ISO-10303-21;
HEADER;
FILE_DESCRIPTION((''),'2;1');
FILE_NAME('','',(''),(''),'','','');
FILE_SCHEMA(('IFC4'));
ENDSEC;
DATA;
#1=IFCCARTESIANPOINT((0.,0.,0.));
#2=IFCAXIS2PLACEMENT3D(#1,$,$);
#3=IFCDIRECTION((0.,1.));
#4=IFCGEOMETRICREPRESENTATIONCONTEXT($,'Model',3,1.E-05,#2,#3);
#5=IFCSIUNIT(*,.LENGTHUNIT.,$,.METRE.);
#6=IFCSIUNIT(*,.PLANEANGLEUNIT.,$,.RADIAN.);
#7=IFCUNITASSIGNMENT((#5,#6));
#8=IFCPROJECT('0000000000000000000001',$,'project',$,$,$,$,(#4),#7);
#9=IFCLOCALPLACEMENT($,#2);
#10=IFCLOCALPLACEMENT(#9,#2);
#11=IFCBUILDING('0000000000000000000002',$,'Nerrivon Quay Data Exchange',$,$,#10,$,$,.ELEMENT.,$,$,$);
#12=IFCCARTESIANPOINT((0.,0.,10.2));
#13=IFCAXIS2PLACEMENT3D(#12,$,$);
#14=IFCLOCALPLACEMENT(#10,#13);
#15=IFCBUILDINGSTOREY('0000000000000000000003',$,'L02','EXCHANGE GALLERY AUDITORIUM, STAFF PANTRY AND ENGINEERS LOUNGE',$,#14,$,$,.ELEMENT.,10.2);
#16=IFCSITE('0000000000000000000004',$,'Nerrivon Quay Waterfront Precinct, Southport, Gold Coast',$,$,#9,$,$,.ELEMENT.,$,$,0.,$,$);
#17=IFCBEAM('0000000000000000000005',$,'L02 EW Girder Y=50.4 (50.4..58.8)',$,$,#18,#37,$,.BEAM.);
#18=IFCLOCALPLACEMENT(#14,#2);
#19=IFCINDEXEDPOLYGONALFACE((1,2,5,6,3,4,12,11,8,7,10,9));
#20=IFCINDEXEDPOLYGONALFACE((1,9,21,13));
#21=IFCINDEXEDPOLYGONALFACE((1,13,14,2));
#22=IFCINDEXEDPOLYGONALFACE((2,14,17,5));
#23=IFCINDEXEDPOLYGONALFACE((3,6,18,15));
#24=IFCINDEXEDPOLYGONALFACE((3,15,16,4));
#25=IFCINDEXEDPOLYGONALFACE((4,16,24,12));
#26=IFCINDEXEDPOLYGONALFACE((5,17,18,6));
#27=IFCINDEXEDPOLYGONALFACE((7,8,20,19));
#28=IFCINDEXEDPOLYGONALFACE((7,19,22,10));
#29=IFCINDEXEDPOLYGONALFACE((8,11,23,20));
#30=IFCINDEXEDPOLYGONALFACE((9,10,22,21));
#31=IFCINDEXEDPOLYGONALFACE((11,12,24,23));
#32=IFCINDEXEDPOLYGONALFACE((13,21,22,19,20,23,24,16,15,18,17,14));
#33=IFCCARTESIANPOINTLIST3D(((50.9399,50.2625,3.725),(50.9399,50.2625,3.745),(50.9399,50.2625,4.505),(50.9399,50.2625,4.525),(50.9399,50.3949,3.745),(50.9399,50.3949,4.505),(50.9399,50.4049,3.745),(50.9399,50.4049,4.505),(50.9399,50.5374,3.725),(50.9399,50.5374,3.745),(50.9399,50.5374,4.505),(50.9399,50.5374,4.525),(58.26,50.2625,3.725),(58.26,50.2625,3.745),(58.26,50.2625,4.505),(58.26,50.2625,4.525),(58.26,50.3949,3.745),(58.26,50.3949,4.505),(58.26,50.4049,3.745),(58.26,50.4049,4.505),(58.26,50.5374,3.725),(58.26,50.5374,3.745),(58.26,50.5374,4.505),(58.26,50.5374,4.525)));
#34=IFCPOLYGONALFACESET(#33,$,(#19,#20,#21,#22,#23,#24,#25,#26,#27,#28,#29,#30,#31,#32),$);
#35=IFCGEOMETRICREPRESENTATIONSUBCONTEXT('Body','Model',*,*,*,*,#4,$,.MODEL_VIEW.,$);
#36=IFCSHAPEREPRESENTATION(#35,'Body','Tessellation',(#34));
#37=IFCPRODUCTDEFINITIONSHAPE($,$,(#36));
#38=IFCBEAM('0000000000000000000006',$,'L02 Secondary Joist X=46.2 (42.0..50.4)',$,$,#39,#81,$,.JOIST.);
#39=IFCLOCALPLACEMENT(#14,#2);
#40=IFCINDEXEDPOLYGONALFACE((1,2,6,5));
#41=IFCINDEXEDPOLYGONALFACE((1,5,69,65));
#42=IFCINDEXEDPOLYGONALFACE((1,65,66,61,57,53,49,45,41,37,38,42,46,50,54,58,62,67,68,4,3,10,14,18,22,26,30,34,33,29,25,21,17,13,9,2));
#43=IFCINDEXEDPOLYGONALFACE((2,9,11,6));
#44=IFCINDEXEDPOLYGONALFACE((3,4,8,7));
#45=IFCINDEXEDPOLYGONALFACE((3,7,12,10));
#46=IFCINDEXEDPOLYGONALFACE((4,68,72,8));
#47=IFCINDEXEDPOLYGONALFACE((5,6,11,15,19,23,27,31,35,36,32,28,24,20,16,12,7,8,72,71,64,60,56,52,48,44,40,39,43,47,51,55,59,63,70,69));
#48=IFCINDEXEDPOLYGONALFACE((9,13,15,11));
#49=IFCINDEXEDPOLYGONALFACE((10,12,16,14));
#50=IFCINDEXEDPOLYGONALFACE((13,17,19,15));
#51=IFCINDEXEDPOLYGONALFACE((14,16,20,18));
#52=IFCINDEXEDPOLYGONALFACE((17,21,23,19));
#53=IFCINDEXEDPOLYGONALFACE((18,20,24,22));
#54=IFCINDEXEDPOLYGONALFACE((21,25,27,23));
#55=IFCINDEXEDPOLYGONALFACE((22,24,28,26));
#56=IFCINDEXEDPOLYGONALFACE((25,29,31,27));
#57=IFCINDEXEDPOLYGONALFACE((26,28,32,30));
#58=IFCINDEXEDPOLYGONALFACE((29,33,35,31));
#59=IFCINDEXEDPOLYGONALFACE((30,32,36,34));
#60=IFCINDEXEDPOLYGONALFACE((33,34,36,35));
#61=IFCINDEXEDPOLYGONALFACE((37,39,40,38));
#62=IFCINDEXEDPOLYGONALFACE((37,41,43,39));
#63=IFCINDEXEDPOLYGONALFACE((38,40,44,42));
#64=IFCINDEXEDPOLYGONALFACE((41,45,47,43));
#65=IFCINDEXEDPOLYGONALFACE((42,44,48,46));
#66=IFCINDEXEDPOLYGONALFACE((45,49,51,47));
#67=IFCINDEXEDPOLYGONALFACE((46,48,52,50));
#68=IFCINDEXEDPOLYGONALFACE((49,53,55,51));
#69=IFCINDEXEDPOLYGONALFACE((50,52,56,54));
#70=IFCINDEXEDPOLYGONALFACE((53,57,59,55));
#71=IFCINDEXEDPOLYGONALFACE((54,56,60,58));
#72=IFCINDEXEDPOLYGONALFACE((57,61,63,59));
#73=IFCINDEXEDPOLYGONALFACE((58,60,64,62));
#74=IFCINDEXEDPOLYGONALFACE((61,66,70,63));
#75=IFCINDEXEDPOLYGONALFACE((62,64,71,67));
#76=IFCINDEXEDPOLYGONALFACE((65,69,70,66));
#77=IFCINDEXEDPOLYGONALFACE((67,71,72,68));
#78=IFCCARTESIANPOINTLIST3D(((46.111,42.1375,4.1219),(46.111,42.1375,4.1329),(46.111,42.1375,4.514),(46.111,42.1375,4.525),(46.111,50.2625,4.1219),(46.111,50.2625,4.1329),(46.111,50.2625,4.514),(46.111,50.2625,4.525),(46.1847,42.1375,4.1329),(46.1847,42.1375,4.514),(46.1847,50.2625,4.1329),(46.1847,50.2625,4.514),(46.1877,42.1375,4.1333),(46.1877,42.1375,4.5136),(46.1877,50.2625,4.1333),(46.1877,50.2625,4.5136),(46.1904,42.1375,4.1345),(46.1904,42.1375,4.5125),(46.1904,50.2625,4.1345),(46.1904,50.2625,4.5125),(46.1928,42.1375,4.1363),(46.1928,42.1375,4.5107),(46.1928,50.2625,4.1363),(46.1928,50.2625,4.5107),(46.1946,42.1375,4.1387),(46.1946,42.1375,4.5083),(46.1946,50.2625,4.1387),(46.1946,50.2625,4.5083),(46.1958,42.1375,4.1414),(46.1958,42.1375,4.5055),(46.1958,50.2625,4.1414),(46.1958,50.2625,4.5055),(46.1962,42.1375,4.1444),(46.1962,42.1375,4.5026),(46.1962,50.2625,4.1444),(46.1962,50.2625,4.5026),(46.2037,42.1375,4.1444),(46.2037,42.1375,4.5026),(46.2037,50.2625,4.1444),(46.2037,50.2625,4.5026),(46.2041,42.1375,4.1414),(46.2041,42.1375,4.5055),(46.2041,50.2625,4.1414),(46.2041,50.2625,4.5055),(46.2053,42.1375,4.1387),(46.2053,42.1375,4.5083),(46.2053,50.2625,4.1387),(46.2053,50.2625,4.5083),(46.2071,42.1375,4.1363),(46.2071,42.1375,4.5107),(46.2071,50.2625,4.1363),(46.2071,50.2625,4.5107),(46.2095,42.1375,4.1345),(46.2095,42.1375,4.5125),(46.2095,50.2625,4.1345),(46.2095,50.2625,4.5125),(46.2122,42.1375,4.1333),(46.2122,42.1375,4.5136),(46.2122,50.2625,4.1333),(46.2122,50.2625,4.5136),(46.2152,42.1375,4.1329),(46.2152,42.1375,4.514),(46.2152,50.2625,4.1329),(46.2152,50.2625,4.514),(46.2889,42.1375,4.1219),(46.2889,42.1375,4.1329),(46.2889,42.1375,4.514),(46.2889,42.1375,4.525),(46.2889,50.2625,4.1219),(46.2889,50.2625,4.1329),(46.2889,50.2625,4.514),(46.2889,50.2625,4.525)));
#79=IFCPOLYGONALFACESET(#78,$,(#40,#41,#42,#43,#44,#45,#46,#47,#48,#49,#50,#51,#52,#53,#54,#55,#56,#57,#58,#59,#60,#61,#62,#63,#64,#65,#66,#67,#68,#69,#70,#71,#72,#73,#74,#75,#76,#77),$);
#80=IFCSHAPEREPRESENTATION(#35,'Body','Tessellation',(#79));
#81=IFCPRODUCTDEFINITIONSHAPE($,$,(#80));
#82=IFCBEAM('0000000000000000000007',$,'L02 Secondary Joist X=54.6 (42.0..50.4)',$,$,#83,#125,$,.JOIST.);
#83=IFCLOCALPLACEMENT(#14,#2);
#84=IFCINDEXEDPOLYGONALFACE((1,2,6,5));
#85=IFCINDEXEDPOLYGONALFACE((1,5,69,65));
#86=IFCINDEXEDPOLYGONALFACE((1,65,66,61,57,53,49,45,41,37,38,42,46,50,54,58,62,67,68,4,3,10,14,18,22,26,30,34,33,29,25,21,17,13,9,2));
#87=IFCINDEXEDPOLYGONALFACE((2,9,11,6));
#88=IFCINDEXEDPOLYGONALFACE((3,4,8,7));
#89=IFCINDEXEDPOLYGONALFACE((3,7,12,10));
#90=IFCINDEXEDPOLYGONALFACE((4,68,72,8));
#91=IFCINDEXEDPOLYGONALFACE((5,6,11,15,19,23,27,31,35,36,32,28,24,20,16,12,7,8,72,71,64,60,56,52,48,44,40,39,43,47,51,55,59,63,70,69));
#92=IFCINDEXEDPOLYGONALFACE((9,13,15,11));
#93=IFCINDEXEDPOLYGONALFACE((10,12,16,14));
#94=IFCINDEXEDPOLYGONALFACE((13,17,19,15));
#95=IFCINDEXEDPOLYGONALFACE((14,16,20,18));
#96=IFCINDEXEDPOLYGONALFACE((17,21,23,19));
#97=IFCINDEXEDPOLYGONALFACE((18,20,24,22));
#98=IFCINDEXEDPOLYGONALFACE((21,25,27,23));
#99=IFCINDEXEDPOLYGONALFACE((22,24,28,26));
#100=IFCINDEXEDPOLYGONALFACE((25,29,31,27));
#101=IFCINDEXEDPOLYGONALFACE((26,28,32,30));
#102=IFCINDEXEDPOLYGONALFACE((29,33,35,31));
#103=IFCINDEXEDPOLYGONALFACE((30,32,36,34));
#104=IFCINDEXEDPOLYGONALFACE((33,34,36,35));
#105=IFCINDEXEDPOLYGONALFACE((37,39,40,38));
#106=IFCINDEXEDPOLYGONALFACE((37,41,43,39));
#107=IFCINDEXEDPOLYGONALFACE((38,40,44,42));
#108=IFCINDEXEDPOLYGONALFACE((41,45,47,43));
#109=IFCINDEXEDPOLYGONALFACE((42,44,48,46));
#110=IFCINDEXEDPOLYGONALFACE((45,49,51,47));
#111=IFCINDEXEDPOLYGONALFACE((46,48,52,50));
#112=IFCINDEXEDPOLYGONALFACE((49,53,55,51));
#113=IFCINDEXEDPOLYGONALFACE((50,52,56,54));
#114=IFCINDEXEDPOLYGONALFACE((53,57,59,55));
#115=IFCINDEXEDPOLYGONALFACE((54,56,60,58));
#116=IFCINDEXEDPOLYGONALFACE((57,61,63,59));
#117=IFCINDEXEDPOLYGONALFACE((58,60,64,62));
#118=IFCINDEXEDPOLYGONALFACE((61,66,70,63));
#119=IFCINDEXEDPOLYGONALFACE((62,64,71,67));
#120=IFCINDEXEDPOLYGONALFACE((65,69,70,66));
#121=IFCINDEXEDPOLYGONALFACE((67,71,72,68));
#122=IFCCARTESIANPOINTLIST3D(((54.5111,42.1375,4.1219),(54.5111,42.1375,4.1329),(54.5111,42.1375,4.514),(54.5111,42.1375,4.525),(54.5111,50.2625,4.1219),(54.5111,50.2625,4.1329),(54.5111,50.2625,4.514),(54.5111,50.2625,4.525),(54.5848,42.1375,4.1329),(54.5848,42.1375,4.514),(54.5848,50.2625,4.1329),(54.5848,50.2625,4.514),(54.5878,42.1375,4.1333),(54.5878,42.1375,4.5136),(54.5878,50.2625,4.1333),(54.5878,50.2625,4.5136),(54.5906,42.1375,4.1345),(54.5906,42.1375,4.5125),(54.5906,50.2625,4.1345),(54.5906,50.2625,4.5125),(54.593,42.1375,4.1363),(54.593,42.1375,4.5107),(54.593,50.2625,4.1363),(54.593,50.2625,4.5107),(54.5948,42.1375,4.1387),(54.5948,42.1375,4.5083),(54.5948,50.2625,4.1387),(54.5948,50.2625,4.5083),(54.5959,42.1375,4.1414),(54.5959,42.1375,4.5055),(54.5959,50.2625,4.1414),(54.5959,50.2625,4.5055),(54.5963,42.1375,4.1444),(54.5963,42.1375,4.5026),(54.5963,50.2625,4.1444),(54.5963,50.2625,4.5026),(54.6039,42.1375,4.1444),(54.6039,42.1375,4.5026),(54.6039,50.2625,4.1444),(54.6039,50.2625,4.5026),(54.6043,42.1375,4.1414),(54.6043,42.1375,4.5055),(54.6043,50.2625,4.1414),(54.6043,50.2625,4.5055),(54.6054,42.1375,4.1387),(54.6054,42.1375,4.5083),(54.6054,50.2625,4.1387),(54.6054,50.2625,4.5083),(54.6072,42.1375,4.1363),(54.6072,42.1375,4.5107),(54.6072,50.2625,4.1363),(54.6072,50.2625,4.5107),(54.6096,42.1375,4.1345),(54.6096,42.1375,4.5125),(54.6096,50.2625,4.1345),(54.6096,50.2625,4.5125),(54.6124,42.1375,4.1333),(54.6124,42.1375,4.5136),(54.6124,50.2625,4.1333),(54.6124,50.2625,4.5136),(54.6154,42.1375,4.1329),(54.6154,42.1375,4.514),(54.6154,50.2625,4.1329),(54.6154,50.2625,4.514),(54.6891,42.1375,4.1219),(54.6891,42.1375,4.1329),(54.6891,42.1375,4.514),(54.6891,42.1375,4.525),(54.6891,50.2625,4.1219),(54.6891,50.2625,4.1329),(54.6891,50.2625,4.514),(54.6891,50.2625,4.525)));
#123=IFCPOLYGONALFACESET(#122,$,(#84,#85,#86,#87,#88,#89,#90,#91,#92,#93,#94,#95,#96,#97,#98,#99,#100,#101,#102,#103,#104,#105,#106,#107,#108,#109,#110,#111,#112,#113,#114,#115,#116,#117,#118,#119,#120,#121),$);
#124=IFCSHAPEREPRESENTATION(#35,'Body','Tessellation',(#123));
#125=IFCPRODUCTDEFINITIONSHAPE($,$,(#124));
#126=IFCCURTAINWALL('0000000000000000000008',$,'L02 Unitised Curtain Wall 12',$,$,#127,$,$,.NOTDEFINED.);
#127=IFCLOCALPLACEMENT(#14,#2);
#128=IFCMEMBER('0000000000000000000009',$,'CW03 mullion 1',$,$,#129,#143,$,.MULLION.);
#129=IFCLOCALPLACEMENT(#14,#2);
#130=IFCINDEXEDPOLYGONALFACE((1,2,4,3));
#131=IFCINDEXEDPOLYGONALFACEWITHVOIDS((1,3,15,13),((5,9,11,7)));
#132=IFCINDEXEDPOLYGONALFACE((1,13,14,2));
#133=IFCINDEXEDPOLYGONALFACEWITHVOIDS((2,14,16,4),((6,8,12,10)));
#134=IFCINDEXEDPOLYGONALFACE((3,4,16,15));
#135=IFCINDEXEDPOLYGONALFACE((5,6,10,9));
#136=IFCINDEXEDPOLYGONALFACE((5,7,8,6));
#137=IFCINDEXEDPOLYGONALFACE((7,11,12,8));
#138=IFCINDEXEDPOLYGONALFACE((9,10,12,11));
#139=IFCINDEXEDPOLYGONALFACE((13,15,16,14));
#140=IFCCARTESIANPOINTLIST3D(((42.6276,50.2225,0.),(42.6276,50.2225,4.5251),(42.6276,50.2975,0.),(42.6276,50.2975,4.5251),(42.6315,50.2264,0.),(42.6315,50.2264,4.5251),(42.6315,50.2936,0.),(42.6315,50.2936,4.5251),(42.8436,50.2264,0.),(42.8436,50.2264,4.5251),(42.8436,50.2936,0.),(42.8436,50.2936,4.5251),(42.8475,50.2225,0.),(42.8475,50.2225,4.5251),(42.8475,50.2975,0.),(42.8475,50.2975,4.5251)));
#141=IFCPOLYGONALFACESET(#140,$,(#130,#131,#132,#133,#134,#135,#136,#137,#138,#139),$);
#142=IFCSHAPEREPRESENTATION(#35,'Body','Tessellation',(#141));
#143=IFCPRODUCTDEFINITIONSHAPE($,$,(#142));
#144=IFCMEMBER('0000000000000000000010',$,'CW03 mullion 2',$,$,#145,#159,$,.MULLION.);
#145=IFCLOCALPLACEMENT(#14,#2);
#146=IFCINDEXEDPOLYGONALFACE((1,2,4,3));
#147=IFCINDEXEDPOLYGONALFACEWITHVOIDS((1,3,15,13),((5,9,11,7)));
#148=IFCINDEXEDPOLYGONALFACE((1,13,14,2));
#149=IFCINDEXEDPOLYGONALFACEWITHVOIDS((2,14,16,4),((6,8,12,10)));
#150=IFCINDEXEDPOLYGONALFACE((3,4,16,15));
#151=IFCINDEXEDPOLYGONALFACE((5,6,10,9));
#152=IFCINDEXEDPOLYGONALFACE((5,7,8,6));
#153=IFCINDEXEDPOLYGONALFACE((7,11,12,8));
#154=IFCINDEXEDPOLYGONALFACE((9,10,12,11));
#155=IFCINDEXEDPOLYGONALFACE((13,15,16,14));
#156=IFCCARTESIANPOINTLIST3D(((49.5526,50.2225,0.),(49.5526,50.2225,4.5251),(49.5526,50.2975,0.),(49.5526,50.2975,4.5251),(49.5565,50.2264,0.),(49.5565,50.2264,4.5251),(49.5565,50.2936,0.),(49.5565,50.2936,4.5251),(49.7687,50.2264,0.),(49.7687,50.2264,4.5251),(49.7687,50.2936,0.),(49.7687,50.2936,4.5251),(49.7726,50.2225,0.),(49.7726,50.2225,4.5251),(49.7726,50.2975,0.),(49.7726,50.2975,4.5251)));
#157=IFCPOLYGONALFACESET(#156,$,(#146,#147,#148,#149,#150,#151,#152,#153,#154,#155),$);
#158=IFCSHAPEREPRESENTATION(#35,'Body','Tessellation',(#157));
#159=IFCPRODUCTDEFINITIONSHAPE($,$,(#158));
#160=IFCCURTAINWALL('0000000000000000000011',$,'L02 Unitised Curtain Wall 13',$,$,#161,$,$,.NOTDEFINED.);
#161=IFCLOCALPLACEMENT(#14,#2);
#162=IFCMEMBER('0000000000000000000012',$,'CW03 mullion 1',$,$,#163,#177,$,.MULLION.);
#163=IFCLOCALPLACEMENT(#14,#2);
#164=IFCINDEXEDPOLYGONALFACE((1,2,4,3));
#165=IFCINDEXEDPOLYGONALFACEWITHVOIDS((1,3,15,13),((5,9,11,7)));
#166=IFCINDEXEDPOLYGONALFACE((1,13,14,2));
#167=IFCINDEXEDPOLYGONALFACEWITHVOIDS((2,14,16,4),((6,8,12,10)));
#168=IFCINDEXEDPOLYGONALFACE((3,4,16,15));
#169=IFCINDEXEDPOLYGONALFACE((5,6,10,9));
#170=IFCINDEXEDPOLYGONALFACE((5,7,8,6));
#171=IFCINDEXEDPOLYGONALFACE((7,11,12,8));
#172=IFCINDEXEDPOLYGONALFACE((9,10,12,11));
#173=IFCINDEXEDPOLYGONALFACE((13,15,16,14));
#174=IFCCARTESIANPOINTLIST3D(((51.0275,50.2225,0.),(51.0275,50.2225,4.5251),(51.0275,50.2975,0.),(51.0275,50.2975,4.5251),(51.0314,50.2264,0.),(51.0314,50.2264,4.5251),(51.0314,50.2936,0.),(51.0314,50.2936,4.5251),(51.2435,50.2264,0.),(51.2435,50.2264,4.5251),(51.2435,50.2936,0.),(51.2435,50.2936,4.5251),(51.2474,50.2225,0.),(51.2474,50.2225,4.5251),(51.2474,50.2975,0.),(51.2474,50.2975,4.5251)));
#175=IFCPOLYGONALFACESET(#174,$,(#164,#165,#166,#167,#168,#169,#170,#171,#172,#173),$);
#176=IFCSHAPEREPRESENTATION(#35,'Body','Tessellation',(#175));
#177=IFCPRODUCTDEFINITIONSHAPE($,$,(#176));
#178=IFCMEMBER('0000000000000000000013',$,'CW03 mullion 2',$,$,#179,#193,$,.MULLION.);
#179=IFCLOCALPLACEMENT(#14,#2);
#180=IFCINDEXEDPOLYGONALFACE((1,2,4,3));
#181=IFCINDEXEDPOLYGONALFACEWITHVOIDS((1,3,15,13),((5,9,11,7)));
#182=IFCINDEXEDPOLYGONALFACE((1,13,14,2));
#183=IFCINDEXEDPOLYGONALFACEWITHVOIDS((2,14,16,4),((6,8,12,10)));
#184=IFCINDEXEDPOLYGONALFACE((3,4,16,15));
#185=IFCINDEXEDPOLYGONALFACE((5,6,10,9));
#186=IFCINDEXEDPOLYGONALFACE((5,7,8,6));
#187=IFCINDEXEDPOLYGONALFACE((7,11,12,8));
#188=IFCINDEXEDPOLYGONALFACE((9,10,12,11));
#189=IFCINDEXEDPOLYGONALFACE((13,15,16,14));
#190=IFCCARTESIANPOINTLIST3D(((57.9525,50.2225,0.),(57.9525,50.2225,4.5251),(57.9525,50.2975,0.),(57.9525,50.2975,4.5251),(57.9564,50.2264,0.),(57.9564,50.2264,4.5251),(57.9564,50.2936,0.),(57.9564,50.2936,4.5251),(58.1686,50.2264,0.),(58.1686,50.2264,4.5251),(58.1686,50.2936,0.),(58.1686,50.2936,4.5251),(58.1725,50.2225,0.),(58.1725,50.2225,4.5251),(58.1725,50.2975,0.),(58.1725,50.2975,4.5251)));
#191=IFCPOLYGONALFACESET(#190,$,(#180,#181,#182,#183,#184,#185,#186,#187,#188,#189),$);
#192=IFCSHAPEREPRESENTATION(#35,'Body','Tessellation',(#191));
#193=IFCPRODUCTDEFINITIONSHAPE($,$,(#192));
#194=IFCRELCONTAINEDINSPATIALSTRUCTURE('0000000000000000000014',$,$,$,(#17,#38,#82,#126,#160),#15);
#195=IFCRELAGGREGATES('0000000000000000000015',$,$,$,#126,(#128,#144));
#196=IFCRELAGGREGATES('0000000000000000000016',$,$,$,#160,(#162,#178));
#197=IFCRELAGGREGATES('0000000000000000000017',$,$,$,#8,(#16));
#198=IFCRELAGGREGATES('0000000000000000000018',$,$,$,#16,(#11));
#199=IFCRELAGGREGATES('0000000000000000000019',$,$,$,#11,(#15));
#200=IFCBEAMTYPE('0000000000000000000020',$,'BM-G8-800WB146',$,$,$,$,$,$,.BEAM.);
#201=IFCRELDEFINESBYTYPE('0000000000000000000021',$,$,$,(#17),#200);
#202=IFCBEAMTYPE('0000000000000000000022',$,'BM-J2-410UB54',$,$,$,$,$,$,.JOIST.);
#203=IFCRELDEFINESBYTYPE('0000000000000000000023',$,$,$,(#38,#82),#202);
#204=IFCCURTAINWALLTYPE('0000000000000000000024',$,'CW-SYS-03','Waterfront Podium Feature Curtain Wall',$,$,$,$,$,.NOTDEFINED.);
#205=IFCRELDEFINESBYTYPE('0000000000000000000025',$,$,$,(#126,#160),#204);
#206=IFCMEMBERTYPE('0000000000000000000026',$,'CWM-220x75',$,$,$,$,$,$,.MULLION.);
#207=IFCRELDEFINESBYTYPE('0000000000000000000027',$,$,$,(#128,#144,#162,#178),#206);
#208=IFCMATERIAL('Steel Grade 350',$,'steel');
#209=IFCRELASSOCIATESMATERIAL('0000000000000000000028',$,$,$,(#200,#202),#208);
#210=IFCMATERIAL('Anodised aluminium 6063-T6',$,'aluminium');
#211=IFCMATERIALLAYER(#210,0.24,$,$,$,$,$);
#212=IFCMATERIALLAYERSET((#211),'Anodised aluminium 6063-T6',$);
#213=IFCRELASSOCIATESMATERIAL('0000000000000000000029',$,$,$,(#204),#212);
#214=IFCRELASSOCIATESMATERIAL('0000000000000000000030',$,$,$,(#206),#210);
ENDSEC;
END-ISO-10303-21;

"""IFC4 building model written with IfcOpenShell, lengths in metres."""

from ifc_helpers import new_model, si_unit, direction, frame, origin, origin_2d, place, context, subcontext, project, spatial, hollow_rectangle, i_section, extrude, material, layer, layer_set, material_profile, profile_set, type_object, element, aggregate, save


model = new_model("IFC4")

# Units and contexts
model_context = context("Model", 3, precision=1e-05, world=origin(), true_north=direction((0.0, 1.0)))
body_context = subcontext(model_context, "Body", "Model", "MODEL_VIEW")
ifc_project = project(units=[si_unit("LENGTHUNIT", "METRE"), si_unit("PLANEANGLEUNIT", "RADIAN")], contexts=[model_context])

# Site, building, storey
site_placement = place(None, origin())
site = spatial("IfcSite", under=ifc_project, at=site_placement, Name="Nerrivon Quay Waterfront Precinct, Southport, Gold Coast", CompositionType="ELEMENT", RefElevation=0.0)
building_placement = place(site_placement, origin())
building = spatial("IfcBuilding", under=site, at=building_placement, Name="Nerrivon Quay Data Exchange", CompositionType="ELEMENT")
storey_placement = place(building_placement, frame((0.0, 0.0, 10.2)))
storey = spatial("IfcBuildingStorey", under=building, at=storey_placement, Name="L02", Description="EXCHANGE GALLERY AUDITORIUM, STAFF PANTRY AND ENGINEERS LOUNGE", CompositionType="ELEMENT", Elevation=10.2)

# Beams
ifc_material_1 = material(Name="Steel Grade 350", Category="steel")
ifc_material_profile_1 = material_profile(ifc_material_1, i_section(OverallWidth=0.2749, OverallDepth=0.8, WebThickness=0.01, FlangeThickness=0.02, at=origin_2d()), Name="800WB146")
ifc_profile_set_1 = profile_set([ifc_material_profile_1], Name="Steel Grade 350")
beam_type_1 = type_object("IfcBeamType", Name="BM-G8-800WB146", PredefinedType="BEAM", material=ifc_profile_set_1)
for number, where, z_axis, x_axis, name in (
    (1, (50.9399, 50.3999, 4.125), (1.0, 0.0, 0.0), (0.0, 1.0, 0.0), "L02 EW Girder Y=50.4 (50.4..58.8)"),
):
    element("IfcBeam", number, at=place(storey_placement, frame(where, z_axis=z_axis, x_axis=x_axis)), inside=storey, type_object=beam_type_1, Name=name, PredefinedType="BEAM", context=body_context, shape_type="SweptSolid", body=[
        extrude(i_section(OverallWidth=0.2749, OverallDepth=0.8, WebThickness=0.01, FlangeThickness=0.02, at=origin_2d()), origin(), (0.0, 0.0, 1.0), 7.3201),
    ])
ifc_material_profile_2 = material_profile(ifc_material_1, i_section(OverallWidth=0.178, OverallDepth=0.4031, WebThickness=0.0076, FlangeThickness=0.011, FilletRadius=0.0115, at=origin_2d()), Name="410UB53.7")
ifc_profile_set_2 = profile_set([ifc_material_profile_2], Name="Steel Grade 350")
beam_type_2 = type_object("IfcBeamType", Name="BM-J2-410UB54", PredefinedType="JOIST", material=ifc_profile_set_2)
for number, where, z_axis, x_axis, name in (
    (2, (46.2, 42.1375, 4.3235), (0.0, 1.0, 0.0), (-1.0, 0.0, 0.0), "L02 Secondary Joist X=46.2 (42.0..50.4)"),
    (3, (54.6001, 42.1375, 4.3235), (0.0, 1.0, 0.0), (-1.0, 0.0, 0.0), "L02 Secondary Joist X=54.6 (42.0..50.4)"),
):
    element("IfcBeam", number, at=place(storey_placement, frame(where, z_axis=z_axis, x_axis=x_axis)), inside=storey, type_object=beam_type_2, Name=name, PredefinedType="JOIST", context=body_context, shape_type="SweptSolid", body=[
        extrude(i_section(OverallWidth=0.178, OverallDepth=0.4031, WebThickness=0.0076, FlangeThickness=0.011, FilletRadius=0.0115, at=origin_2d()), origin(), (0.0, 0.0, 1.0), 8.125),
    ])

# Curtain walls, members
ifc_material_2 = material(Name="Anodised aluminium 6063-T6", Category="aluminium")
ifc_layer_1 = layer(ifc_material_2, 0.24)
ifc_layer_set_1 = layer_set([ifc_layer_1], Name="Anodised aluminium 6063-T6")
curtain_wall_type = type_object("IfcCurtainWallType", Name="CW-SYS-03", Description="Waterfront Podium Feature Curtain Wall", PredefinedType="NOTDEFINED", material=ifc_layer_set_1)
curtain_wall_1_placement = place(storey_placement, origin())
curtain_wall_1 = element("IfcCurtainWall", 4, at=curtain_wall_1_placement, inside=storey, type_object=curtain_wall_type, Name="L02 Unitised Curtain Wall 12", PredefinedType="NOTDEFINED")
ifc_material_profile_3 = material_profile(ifc_material_2, hollow_rectangle(XDim=0.075, YDim=0.22, WallThickness=0.0039, at=origin_2d()), Name="ALU-MULL-220x75")
ifc_profile_set_3 = profile_set([ifc_material_profile_3], Name="Anodised aluminium 6063-T6")
member_type_1 = type_object("IfcMemberType", Name="CWM-220x75", PredefinedType="MULLION", material=ifc_profile_set_3)
member_1_placement = place(storey_placement, frame((42.7375, 50.26, 0.0), z_axis=(0.0, 0.0, 1.0), x_axis=(0.0, 1.0, 0.0)))
member_1 = element("IfcMember", 5, at=member_1_placement, type_object=member_type_1, Name="CW03 mullion 1", PredefinedType="MULLION", context=body_context, shape_type="SweptSolid", body=[
    extrude(hollow_rectangle(XDim=0.075, YDim=0.22, WallThickness=0.0039, at=origin_2d()), origin(), (0.0, 0.0, 1.0), 4.5251),
])
member_2_placement = place(storey_placement, frame((49.6626, 50.26, 0.0), z_axis=(0.0, 0.0, 1.0), x_axis=(0.0, 1.0, 0.0)))
member_2 = element("IfcMember", 6, at=member_2_placement, type_object=member_type_1, Name="CW03 mullion 2", PredefinedType="MULLION", context=body_context, shape_type="SweptSolid", body=[
    extrude(hollow_rectangle(XDim=0.075, YDim=0.22, WallThickness=0.0039, at=origin_2d()), origin(), (0.0, 0.0, 1.0), 4.5251),
])
curtain_wall_2_placement = place(storey_placement, origin())
curtain_wall_2 = element("IfcCurtainWall", 7, at=curtain_wall_2_placement, inside=storey, type_object=curtain_wall_type, Name="L02 Unitised Curtain Wall 13", PredefinedType="NOTDEFINED")
member_3_placement = place(storey_placement, frame((51.1375, 50.26, 0.0), z_axis=(0.0, 0.0, 1.0), x_axis=(0.0, 1.0, 0.0)))
member_3 = element("IfcMember", 8, at=member_3_placement, type_object=member_type_1, Name="CW03 mullion 1", PredefinedType="MULLION", context=body_context, shape_type="SweptSolid", body=[
    extrude(hollow_rectangle(XDim=0.075, YDim=0.22, WallThickness=0.0039, at=origin_2d()), origin(), (0.0, 0.0, 1.0), 4.5251),
])
member_4_placement = place(storey_placement, frame((58.0625, 50.26, 0.0), z_axis=(0.0, 0.0, 1.0), x_axis=(0.0, 1.0, 0.0)))
member_4 = element("IfcMember", 9, at=member_4_placement, type_object=member_type_1, Name="CW03 mullion 2", PredefinedType="MULLION", context=body_context, shape_type="SweptSolid", body=[
    extrude(hollow_rectangle(XDim=0.075, YDim=0.22, WallThickness=0.0039, at=origin_2d()), origin(), (0.0, 0.0, 1.0), 4.5251),
])

aggregate(curtain_wall_1, [member_1, member_2])
aggregate(curtain_wall_2, [member_3, member_4])

save(model, "model.ifc")
